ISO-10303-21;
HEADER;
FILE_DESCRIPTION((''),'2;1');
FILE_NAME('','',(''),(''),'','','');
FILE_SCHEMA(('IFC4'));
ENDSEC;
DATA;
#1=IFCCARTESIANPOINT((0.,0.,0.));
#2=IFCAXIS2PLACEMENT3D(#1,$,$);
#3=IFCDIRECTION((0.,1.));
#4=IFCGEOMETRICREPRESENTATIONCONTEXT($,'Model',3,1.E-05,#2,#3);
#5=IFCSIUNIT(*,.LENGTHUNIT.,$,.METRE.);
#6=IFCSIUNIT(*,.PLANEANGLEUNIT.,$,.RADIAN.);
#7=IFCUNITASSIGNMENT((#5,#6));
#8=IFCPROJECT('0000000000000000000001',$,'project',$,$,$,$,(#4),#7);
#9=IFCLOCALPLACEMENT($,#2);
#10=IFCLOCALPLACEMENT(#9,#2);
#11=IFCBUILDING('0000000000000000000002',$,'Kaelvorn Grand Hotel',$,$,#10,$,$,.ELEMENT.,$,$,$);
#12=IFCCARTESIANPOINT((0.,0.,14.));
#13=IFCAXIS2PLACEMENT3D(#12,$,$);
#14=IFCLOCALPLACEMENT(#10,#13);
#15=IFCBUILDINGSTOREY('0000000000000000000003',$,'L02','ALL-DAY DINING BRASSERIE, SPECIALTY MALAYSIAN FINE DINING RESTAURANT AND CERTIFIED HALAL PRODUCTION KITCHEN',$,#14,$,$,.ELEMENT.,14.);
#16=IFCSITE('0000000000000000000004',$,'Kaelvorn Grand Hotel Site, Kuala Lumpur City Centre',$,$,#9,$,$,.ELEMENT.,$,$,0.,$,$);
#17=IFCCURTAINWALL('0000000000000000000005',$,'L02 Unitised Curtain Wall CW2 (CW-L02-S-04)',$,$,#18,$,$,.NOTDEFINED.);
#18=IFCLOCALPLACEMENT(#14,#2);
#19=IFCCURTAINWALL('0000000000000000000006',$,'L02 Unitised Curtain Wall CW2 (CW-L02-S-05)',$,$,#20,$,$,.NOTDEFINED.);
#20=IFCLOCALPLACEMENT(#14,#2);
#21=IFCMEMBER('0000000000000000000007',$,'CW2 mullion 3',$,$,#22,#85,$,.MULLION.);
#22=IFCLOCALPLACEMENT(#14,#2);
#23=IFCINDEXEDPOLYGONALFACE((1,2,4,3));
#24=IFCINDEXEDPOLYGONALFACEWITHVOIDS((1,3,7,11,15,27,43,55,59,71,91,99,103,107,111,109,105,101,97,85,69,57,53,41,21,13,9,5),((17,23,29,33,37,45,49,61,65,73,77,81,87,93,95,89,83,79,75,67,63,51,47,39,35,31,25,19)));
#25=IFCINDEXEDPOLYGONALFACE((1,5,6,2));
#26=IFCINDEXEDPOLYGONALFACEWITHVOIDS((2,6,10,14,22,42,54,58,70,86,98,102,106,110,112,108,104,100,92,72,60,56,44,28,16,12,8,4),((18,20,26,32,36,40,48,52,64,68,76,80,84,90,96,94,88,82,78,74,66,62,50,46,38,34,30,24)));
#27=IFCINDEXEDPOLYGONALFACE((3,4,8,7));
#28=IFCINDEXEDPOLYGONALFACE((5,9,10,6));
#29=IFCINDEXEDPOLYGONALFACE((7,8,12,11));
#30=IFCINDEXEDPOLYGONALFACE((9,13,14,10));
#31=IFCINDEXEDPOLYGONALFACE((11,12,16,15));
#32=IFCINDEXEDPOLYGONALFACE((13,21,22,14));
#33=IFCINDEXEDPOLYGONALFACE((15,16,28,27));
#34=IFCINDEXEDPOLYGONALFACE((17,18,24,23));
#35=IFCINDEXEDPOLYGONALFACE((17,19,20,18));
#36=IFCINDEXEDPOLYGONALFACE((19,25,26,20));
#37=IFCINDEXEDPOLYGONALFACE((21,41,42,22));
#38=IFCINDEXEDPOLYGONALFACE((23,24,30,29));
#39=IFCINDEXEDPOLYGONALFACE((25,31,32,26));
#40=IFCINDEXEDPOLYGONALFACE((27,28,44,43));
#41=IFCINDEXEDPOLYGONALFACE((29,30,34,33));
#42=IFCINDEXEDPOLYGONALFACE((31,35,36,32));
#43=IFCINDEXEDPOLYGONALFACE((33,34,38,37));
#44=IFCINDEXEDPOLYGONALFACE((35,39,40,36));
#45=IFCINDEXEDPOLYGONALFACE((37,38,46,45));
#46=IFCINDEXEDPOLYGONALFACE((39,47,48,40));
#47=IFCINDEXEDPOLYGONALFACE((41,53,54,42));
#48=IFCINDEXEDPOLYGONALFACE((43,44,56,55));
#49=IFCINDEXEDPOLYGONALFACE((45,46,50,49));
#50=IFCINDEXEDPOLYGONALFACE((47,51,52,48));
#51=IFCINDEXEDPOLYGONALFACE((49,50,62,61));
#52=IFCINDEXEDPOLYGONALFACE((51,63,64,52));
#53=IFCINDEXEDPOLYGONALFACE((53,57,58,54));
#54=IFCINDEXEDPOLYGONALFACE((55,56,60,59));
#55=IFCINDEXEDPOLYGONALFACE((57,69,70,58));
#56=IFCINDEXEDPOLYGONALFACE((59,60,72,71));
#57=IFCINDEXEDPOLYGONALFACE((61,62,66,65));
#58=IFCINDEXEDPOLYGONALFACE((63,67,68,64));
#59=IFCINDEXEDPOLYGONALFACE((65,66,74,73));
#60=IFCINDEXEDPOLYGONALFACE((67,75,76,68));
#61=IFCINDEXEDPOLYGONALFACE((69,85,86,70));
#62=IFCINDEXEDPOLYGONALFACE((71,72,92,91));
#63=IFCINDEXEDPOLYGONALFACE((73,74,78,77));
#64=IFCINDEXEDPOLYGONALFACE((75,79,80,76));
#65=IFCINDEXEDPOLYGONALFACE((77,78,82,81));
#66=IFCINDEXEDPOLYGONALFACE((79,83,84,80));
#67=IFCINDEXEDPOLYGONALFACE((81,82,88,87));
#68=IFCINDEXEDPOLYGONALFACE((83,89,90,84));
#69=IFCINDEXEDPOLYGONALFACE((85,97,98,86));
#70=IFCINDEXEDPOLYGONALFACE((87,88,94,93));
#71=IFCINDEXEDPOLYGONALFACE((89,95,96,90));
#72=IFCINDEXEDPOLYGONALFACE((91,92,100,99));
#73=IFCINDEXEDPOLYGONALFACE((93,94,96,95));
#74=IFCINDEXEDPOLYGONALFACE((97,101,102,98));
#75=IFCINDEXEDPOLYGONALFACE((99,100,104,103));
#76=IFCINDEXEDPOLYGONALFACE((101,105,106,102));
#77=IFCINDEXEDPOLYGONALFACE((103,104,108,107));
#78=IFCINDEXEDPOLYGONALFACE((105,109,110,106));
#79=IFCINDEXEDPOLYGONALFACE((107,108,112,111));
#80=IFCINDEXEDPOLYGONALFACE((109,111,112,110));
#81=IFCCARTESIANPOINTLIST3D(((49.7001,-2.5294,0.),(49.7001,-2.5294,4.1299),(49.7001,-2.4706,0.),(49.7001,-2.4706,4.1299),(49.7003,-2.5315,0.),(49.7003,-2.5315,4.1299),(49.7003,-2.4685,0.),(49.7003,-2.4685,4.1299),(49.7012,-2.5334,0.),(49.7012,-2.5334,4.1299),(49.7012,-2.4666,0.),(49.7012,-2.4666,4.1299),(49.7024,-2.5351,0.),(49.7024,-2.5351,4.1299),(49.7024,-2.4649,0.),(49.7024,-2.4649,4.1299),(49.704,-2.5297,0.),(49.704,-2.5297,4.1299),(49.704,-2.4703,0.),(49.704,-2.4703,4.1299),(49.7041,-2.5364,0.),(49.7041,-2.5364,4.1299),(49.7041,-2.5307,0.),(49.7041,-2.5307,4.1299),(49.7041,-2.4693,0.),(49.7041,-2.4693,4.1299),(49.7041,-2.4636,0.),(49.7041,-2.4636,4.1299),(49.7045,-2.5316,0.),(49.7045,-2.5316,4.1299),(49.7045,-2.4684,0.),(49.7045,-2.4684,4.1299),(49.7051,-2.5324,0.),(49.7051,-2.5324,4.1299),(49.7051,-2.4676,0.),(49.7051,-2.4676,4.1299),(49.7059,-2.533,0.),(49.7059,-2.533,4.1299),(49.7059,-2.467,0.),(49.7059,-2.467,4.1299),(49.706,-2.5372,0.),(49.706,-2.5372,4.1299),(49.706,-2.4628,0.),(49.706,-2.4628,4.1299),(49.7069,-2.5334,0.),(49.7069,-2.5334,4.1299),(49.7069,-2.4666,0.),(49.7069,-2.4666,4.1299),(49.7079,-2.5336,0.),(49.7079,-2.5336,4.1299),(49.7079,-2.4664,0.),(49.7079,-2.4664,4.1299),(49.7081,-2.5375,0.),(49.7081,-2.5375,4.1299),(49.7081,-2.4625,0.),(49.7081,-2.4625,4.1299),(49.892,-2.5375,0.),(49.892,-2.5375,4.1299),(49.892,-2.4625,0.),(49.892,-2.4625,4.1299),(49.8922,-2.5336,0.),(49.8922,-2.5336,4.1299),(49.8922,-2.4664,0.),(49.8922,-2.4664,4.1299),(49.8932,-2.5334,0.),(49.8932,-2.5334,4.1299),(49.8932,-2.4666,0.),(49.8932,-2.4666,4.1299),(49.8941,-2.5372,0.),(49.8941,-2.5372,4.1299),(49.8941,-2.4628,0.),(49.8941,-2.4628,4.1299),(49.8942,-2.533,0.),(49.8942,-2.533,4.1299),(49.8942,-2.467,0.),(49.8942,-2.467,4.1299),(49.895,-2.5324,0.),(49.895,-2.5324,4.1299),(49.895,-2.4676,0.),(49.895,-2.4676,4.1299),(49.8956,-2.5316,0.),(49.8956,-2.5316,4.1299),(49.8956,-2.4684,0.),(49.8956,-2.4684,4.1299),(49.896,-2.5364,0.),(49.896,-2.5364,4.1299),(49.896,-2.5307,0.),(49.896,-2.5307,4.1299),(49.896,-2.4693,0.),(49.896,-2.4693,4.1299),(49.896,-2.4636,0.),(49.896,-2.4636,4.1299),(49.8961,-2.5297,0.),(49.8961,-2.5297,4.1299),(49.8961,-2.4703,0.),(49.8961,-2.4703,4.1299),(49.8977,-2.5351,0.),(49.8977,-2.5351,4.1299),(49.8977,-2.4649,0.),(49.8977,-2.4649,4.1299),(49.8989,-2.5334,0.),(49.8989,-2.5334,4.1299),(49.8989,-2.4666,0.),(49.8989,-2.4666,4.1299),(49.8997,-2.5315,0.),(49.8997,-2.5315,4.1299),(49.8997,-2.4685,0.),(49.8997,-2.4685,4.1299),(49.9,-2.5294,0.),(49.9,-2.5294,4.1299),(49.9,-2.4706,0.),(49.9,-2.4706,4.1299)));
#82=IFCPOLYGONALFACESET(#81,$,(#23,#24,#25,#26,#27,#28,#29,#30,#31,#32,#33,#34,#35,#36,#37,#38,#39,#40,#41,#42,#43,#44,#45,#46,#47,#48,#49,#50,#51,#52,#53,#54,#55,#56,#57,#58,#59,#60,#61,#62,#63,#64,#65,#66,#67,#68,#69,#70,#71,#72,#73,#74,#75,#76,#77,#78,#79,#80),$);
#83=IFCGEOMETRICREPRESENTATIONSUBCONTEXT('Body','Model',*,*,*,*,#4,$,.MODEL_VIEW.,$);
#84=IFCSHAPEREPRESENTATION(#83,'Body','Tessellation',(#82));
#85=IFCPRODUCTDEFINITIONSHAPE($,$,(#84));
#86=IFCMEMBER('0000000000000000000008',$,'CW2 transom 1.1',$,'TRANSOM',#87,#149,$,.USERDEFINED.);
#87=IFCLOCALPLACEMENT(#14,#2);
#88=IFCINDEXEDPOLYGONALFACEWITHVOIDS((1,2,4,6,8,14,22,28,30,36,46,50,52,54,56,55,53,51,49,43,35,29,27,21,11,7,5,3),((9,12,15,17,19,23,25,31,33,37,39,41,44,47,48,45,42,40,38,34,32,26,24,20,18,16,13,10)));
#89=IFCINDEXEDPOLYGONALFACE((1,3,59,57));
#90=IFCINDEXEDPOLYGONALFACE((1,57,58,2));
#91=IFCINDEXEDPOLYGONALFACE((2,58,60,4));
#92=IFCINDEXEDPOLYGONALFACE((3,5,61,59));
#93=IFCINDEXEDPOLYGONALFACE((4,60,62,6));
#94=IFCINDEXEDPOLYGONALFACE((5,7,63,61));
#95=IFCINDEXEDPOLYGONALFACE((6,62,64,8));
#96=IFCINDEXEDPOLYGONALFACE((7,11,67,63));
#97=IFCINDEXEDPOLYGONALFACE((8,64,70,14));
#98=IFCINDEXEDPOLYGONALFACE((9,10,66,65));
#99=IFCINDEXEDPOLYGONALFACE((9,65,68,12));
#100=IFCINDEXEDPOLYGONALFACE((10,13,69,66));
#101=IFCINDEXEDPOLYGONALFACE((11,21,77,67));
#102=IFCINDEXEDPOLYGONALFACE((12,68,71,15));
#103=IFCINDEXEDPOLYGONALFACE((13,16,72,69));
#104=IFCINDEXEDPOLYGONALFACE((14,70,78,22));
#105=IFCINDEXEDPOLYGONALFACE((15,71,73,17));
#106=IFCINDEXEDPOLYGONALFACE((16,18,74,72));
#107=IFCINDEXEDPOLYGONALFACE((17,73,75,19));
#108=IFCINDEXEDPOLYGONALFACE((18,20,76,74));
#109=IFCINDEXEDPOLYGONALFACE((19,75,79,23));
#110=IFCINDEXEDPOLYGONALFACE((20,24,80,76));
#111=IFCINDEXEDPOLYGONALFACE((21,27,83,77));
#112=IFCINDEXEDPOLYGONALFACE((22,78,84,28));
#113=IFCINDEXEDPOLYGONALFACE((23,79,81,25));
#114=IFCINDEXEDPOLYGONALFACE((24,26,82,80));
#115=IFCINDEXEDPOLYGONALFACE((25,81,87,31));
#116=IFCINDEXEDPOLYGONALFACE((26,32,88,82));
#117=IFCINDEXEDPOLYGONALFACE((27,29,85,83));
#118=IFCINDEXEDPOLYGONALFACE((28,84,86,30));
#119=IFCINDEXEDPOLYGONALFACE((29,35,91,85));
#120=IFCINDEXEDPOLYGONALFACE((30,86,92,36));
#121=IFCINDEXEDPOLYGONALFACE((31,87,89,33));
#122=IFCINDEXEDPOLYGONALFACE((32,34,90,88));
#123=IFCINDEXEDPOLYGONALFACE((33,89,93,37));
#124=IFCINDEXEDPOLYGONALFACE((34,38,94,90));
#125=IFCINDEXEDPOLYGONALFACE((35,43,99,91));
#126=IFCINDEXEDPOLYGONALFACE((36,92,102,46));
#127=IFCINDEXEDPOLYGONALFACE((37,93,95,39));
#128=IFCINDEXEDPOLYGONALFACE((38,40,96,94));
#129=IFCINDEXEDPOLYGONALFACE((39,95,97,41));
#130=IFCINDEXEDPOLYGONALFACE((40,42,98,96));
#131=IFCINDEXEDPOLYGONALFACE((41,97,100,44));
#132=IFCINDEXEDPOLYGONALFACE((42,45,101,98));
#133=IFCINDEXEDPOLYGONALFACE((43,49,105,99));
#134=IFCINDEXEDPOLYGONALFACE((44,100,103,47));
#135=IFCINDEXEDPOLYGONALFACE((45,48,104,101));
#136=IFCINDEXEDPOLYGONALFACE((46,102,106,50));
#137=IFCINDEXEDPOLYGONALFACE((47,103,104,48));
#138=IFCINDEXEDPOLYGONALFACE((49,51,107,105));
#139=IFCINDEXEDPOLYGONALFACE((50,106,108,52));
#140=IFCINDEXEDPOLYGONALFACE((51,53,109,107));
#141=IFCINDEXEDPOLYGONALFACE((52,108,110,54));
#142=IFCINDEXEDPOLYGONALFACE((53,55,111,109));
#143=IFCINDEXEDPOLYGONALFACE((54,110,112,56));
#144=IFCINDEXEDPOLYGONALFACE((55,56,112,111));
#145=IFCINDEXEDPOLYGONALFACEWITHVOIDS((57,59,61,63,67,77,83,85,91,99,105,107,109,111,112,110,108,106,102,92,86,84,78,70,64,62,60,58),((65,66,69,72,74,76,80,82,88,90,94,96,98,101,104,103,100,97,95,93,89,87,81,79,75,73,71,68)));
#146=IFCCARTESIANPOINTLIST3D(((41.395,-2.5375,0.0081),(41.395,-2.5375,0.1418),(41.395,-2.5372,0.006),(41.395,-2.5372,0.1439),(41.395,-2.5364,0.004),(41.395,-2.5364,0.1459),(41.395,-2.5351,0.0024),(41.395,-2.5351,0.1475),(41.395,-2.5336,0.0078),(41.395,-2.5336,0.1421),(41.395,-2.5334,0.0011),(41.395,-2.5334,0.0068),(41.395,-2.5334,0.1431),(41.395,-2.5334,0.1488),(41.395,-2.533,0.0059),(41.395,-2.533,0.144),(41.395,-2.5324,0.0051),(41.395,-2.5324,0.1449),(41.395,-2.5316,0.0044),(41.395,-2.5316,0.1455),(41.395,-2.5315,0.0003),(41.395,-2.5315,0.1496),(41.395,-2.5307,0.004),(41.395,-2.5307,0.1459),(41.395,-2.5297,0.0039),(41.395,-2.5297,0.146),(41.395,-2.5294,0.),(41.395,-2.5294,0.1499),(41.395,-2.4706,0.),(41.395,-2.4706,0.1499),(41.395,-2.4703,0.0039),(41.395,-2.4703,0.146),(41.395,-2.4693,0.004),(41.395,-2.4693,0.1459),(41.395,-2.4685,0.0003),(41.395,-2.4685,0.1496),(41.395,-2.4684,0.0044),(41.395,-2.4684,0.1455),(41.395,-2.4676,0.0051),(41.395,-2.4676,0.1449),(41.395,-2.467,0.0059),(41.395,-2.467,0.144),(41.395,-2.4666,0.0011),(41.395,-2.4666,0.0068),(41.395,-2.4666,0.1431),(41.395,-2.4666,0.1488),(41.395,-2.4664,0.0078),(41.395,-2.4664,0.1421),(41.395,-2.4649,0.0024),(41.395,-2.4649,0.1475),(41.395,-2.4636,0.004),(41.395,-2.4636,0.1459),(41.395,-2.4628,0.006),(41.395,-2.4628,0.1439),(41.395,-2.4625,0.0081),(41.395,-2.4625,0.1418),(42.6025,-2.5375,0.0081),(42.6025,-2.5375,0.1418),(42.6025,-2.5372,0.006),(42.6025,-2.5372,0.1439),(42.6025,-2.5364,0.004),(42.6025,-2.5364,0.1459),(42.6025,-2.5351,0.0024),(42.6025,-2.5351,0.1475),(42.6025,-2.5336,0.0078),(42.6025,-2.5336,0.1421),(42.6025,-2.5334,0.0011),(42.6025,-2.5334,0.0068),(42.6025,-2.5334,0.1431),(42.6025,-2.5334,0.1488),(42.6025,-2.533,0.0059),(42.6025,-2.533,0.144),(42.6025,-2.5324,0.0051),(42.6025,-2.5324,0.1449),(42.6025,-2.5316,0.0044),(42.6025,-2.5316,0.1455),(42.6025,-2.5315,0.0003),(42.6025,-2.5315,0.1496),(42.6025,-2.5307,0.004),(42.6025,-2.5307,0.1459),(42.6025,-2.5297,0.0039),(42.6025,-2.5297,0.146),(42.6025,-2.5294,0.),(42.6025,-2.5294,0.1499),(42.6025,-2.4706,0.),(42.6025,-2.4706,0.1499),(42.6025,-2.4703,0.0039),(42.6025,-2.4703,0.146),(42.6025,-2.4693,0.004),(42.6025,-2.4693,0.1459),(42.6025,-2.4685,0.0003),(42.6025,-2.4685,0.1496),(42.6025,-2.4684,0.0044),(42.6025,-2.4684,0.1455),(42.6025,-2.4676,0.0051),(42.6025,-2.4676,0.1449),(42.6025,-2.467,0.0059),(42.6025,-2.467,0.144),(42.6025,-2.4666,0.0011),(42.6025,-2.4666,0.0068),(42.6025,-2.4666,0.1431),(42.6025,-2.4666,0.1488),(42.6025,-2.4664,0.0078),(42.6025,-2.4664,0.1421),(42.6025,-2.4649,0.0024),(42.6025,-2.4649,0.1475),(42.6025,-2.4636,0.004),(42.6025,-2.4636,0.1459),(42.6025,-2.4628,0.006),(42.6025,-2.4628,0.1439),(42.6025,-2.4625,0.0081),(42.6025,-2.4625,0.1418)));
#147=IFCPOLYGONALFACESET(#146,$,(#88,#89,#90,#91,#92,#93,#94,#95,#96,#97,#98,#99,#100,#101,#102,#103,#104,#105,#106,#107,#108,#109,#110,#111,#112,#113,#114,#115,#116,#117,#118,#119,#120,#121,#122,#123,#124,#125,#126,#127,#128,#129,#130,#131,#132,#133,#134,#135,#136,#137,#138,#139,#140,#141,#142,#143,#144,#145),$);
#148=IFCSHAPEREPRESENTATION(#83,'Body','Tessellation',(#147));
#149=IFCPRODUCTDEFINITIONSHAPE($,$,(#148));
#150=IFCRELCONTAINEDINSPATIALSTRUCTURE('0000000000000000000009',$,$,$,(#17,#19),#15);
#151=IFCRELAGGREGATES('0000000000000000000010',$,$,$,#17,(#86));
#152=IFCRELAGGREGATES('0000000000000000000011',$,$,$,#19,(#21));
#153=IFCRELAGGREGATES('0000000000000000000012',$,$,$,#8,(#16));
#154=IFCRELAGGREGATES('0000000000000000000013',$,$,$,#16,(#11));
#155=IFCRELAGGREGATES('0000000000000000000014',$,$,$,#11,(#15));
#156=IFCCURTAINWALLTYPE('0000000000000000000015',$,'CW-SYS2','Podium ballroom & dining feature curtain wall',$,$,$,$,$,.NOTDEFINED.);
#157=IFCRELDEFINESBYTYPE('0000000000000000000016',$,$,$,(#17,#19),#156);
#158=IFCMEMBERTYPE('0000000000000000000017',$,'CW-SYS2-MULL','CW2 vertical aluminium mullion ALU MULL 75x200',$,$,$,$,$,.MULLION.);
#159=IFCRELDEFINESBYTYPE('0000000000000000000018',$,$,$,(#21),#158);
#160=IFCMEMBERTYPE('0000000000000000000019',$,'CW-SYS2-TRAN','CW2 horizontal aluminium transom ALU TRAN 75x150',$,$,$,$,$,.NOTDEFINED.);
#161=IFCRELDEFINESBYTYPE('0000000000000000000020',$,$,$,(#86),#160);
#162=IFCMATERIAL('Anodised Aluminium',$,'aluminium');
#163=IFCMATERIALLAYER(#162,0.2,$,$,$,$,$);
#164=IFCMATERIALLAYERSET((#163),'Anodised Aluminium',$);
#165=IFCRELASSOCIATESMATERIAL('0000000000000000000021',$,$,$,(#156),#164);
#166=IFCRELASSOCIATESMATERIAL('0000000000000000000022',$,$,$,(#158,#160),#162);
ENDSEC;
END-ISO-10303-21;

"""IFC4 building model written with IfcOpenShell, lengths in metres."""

from ifc_helpers import new_model, si_unit, direction, frame, origin, origin_2d, place, context, subcontext, project, spatial, hollow_rectangle, extrude, material, layer, layer_set, material_profile, profile_set, type_object, element, aggregate, save


model = new_model("IFC4")

# Units and contexts
model_context = context("Model", 3, precision=1e-05, world=origin(), true_north=direction((0.0, 1.0)))
body_context = subcontext(model_context, "Body", "Model", "MODEL_VIEW")
ifc_project = project(units=[si_unit("LENGTHUNIT", "METRE"), si_unit("PLANEANGLEUNIT", "RADIAN")], contexts=[model_context])

# Site, building, storey
site_placement = place(None, origin())
site = spatial("IfcSite", under=ifc_project, at=site_placement, Name="Kaelvorn Grand Hotel Site, Kuala Lumpur City Centre", CompositionType="ELEMENT", RefElevation=0.0)
building_placement = place(site_placement, origin())
building = spatial("IfcBuilding", under=site, at=building_placement, Name="Kaelvorn Grand Hotel", CompositionType="ELEMENT")
storey_placement = place(building_placement, frame((0.0, 0.0, 14.0)))
storey = spatial("IfcBuildingStorey", under=building, at=storey_placement, Name="L02", Description="ALL-DAY DINING BRASSERIE, SPECIALTY MALAYSIAN FINE DINING RESTAURANT AND CERTIFIED HALAL PRODUCTION KITCHEN", CompositionType="ELEMENT", Elevation=14.0)

# Curtain walls, member
ifc_material_1 = material(Name="Anodised Aluminium", Category="aluminium")
ifc_layer_1 = layer(ifc_material_1, 0.2)
ifc_layer_set_1 = layer_set([ifc_layer_1], Name="Anodised Aluminium")
curtain_wall_type = type_object("IfcCurtainWallType", Name="CW-SYS2", Description="Podium ballroom & dining feature curtain wall", PredefinedType="NOTDEFINED", material=ifc_layer_set_1)
curtain_wall_1_placement = place(storey_placement, origin())
curtain_wall_1 = element("IfcCurtainWall", 1, at=curtain_wall_1_placement, inside=storey, type_object=curtain_wall_type, Name="L02 Unitised Curtain Wall CW2 (CW-L02-S-04)", PredefinedType="NOTDEFINED")
ifc_material_profile_1 = material_profile(ifc_material_1, hollow_rectangle(XDim=0.075, YDim=0.2, WallThickness=0.0039, InnerFilletRadius=0.0039, OuterFilletRadius=0.0081, at=origin_2d()), Name="ALU MULL 75x200")
ifc_profile_set_1 = profile_set([ifc_material_profile_1], Name="Anodised Aluminium")
member_type_1 = type_object("IfcMemberType", Name="CW-SYS2-MULL", Description="CW2 vertical aluminium mullion ALU MULL 75x200", PredefinedType="MULLION", material=ifc_profile_set_1)
curtain_wall_2_placement = place(storey_placement, origin())
curtain_wall_2 = element("IfcCurtainWall", 2, at=curtain_wall_2_placement, inside=storey, type_object=curtain_wall_type, Name="L02 Unitised Curtain Wall CW2 (CW-L02-S-05)", PredefinedType="NOTDEFINED")
member_1_placement = place(storey_placement, frame((49.8, -2.5, 0.0), z_axis=(0.0, 0.0, 1.0), x_axis=(0.0, 1.0, 0.0)))
member_1 = element("IfcMember", 3, at=member_1_placement, type_object=member_type_1, Name="CW2 mullion 3", PredefinedType="MULLION", context=body_context, shape_type="SweptSolid", body=[
    extrude(hollow_rectangle(XDim=0.075, YDim=0.2, WallThickness=0.0039, InnerFilletRadius=0.0039, OuterFilletRadius=0.0081, at=origin_2d()), origin(), (0.0, 0.0, 1.0), 4.1299),
])

# Member
ifc_material_profile_2 = material_profile(ifc_material_1, hollow_rectangle(XDim=0.075, YDim=0.1499, WallThickness=0.0039, InnerFilletRadius=0.0039, OuterFilletRadius=0.0081, at=origin_2d()), Name="ALU TRAN 75x150")
ifc_profile_set_2 = profile_set([ifc_material_profile_2], Name="Anodised Aluminium")
member_type_2 = type_object("IfcMemberType", Name="CW-SYS2-TRAN", Description="CW2 horizontal aluminium transom ALU TRAN 75x150", PredefinedType="NOTDEFINED", material=ifc_profile_set_2)
member_2_placement = place(storey_placement, frame((41.395, -2.5, 0.075), z_axis=(1.0, 0.0, 0.0), x_axis=(0.0, 1.0, 0.0)))
member_2 = element("IfcMember", 4, at=member_2_placement, type_object=member_type_2, Name="CW2 transom 1.1", ObjectType="TRANSOM", PredefinedType="USERDEFINED", context=body_context, shape_type="SweptSolid", body=[
    extrude(hollow_rectangle(XDim=0.075, YDim=0.1499, WallThickness=0.0039, InnerFilletRadius=0.0039, OuterFilletRadius=0.0081, at=origin_2d()), origin(), (0.0, 0.0, 1.0), 1.2075),
])

aggregate(curtain_wall_1, [member_2])
aggregate(curtain_wall_2, [member_1])

save(model, "model.ifc")
